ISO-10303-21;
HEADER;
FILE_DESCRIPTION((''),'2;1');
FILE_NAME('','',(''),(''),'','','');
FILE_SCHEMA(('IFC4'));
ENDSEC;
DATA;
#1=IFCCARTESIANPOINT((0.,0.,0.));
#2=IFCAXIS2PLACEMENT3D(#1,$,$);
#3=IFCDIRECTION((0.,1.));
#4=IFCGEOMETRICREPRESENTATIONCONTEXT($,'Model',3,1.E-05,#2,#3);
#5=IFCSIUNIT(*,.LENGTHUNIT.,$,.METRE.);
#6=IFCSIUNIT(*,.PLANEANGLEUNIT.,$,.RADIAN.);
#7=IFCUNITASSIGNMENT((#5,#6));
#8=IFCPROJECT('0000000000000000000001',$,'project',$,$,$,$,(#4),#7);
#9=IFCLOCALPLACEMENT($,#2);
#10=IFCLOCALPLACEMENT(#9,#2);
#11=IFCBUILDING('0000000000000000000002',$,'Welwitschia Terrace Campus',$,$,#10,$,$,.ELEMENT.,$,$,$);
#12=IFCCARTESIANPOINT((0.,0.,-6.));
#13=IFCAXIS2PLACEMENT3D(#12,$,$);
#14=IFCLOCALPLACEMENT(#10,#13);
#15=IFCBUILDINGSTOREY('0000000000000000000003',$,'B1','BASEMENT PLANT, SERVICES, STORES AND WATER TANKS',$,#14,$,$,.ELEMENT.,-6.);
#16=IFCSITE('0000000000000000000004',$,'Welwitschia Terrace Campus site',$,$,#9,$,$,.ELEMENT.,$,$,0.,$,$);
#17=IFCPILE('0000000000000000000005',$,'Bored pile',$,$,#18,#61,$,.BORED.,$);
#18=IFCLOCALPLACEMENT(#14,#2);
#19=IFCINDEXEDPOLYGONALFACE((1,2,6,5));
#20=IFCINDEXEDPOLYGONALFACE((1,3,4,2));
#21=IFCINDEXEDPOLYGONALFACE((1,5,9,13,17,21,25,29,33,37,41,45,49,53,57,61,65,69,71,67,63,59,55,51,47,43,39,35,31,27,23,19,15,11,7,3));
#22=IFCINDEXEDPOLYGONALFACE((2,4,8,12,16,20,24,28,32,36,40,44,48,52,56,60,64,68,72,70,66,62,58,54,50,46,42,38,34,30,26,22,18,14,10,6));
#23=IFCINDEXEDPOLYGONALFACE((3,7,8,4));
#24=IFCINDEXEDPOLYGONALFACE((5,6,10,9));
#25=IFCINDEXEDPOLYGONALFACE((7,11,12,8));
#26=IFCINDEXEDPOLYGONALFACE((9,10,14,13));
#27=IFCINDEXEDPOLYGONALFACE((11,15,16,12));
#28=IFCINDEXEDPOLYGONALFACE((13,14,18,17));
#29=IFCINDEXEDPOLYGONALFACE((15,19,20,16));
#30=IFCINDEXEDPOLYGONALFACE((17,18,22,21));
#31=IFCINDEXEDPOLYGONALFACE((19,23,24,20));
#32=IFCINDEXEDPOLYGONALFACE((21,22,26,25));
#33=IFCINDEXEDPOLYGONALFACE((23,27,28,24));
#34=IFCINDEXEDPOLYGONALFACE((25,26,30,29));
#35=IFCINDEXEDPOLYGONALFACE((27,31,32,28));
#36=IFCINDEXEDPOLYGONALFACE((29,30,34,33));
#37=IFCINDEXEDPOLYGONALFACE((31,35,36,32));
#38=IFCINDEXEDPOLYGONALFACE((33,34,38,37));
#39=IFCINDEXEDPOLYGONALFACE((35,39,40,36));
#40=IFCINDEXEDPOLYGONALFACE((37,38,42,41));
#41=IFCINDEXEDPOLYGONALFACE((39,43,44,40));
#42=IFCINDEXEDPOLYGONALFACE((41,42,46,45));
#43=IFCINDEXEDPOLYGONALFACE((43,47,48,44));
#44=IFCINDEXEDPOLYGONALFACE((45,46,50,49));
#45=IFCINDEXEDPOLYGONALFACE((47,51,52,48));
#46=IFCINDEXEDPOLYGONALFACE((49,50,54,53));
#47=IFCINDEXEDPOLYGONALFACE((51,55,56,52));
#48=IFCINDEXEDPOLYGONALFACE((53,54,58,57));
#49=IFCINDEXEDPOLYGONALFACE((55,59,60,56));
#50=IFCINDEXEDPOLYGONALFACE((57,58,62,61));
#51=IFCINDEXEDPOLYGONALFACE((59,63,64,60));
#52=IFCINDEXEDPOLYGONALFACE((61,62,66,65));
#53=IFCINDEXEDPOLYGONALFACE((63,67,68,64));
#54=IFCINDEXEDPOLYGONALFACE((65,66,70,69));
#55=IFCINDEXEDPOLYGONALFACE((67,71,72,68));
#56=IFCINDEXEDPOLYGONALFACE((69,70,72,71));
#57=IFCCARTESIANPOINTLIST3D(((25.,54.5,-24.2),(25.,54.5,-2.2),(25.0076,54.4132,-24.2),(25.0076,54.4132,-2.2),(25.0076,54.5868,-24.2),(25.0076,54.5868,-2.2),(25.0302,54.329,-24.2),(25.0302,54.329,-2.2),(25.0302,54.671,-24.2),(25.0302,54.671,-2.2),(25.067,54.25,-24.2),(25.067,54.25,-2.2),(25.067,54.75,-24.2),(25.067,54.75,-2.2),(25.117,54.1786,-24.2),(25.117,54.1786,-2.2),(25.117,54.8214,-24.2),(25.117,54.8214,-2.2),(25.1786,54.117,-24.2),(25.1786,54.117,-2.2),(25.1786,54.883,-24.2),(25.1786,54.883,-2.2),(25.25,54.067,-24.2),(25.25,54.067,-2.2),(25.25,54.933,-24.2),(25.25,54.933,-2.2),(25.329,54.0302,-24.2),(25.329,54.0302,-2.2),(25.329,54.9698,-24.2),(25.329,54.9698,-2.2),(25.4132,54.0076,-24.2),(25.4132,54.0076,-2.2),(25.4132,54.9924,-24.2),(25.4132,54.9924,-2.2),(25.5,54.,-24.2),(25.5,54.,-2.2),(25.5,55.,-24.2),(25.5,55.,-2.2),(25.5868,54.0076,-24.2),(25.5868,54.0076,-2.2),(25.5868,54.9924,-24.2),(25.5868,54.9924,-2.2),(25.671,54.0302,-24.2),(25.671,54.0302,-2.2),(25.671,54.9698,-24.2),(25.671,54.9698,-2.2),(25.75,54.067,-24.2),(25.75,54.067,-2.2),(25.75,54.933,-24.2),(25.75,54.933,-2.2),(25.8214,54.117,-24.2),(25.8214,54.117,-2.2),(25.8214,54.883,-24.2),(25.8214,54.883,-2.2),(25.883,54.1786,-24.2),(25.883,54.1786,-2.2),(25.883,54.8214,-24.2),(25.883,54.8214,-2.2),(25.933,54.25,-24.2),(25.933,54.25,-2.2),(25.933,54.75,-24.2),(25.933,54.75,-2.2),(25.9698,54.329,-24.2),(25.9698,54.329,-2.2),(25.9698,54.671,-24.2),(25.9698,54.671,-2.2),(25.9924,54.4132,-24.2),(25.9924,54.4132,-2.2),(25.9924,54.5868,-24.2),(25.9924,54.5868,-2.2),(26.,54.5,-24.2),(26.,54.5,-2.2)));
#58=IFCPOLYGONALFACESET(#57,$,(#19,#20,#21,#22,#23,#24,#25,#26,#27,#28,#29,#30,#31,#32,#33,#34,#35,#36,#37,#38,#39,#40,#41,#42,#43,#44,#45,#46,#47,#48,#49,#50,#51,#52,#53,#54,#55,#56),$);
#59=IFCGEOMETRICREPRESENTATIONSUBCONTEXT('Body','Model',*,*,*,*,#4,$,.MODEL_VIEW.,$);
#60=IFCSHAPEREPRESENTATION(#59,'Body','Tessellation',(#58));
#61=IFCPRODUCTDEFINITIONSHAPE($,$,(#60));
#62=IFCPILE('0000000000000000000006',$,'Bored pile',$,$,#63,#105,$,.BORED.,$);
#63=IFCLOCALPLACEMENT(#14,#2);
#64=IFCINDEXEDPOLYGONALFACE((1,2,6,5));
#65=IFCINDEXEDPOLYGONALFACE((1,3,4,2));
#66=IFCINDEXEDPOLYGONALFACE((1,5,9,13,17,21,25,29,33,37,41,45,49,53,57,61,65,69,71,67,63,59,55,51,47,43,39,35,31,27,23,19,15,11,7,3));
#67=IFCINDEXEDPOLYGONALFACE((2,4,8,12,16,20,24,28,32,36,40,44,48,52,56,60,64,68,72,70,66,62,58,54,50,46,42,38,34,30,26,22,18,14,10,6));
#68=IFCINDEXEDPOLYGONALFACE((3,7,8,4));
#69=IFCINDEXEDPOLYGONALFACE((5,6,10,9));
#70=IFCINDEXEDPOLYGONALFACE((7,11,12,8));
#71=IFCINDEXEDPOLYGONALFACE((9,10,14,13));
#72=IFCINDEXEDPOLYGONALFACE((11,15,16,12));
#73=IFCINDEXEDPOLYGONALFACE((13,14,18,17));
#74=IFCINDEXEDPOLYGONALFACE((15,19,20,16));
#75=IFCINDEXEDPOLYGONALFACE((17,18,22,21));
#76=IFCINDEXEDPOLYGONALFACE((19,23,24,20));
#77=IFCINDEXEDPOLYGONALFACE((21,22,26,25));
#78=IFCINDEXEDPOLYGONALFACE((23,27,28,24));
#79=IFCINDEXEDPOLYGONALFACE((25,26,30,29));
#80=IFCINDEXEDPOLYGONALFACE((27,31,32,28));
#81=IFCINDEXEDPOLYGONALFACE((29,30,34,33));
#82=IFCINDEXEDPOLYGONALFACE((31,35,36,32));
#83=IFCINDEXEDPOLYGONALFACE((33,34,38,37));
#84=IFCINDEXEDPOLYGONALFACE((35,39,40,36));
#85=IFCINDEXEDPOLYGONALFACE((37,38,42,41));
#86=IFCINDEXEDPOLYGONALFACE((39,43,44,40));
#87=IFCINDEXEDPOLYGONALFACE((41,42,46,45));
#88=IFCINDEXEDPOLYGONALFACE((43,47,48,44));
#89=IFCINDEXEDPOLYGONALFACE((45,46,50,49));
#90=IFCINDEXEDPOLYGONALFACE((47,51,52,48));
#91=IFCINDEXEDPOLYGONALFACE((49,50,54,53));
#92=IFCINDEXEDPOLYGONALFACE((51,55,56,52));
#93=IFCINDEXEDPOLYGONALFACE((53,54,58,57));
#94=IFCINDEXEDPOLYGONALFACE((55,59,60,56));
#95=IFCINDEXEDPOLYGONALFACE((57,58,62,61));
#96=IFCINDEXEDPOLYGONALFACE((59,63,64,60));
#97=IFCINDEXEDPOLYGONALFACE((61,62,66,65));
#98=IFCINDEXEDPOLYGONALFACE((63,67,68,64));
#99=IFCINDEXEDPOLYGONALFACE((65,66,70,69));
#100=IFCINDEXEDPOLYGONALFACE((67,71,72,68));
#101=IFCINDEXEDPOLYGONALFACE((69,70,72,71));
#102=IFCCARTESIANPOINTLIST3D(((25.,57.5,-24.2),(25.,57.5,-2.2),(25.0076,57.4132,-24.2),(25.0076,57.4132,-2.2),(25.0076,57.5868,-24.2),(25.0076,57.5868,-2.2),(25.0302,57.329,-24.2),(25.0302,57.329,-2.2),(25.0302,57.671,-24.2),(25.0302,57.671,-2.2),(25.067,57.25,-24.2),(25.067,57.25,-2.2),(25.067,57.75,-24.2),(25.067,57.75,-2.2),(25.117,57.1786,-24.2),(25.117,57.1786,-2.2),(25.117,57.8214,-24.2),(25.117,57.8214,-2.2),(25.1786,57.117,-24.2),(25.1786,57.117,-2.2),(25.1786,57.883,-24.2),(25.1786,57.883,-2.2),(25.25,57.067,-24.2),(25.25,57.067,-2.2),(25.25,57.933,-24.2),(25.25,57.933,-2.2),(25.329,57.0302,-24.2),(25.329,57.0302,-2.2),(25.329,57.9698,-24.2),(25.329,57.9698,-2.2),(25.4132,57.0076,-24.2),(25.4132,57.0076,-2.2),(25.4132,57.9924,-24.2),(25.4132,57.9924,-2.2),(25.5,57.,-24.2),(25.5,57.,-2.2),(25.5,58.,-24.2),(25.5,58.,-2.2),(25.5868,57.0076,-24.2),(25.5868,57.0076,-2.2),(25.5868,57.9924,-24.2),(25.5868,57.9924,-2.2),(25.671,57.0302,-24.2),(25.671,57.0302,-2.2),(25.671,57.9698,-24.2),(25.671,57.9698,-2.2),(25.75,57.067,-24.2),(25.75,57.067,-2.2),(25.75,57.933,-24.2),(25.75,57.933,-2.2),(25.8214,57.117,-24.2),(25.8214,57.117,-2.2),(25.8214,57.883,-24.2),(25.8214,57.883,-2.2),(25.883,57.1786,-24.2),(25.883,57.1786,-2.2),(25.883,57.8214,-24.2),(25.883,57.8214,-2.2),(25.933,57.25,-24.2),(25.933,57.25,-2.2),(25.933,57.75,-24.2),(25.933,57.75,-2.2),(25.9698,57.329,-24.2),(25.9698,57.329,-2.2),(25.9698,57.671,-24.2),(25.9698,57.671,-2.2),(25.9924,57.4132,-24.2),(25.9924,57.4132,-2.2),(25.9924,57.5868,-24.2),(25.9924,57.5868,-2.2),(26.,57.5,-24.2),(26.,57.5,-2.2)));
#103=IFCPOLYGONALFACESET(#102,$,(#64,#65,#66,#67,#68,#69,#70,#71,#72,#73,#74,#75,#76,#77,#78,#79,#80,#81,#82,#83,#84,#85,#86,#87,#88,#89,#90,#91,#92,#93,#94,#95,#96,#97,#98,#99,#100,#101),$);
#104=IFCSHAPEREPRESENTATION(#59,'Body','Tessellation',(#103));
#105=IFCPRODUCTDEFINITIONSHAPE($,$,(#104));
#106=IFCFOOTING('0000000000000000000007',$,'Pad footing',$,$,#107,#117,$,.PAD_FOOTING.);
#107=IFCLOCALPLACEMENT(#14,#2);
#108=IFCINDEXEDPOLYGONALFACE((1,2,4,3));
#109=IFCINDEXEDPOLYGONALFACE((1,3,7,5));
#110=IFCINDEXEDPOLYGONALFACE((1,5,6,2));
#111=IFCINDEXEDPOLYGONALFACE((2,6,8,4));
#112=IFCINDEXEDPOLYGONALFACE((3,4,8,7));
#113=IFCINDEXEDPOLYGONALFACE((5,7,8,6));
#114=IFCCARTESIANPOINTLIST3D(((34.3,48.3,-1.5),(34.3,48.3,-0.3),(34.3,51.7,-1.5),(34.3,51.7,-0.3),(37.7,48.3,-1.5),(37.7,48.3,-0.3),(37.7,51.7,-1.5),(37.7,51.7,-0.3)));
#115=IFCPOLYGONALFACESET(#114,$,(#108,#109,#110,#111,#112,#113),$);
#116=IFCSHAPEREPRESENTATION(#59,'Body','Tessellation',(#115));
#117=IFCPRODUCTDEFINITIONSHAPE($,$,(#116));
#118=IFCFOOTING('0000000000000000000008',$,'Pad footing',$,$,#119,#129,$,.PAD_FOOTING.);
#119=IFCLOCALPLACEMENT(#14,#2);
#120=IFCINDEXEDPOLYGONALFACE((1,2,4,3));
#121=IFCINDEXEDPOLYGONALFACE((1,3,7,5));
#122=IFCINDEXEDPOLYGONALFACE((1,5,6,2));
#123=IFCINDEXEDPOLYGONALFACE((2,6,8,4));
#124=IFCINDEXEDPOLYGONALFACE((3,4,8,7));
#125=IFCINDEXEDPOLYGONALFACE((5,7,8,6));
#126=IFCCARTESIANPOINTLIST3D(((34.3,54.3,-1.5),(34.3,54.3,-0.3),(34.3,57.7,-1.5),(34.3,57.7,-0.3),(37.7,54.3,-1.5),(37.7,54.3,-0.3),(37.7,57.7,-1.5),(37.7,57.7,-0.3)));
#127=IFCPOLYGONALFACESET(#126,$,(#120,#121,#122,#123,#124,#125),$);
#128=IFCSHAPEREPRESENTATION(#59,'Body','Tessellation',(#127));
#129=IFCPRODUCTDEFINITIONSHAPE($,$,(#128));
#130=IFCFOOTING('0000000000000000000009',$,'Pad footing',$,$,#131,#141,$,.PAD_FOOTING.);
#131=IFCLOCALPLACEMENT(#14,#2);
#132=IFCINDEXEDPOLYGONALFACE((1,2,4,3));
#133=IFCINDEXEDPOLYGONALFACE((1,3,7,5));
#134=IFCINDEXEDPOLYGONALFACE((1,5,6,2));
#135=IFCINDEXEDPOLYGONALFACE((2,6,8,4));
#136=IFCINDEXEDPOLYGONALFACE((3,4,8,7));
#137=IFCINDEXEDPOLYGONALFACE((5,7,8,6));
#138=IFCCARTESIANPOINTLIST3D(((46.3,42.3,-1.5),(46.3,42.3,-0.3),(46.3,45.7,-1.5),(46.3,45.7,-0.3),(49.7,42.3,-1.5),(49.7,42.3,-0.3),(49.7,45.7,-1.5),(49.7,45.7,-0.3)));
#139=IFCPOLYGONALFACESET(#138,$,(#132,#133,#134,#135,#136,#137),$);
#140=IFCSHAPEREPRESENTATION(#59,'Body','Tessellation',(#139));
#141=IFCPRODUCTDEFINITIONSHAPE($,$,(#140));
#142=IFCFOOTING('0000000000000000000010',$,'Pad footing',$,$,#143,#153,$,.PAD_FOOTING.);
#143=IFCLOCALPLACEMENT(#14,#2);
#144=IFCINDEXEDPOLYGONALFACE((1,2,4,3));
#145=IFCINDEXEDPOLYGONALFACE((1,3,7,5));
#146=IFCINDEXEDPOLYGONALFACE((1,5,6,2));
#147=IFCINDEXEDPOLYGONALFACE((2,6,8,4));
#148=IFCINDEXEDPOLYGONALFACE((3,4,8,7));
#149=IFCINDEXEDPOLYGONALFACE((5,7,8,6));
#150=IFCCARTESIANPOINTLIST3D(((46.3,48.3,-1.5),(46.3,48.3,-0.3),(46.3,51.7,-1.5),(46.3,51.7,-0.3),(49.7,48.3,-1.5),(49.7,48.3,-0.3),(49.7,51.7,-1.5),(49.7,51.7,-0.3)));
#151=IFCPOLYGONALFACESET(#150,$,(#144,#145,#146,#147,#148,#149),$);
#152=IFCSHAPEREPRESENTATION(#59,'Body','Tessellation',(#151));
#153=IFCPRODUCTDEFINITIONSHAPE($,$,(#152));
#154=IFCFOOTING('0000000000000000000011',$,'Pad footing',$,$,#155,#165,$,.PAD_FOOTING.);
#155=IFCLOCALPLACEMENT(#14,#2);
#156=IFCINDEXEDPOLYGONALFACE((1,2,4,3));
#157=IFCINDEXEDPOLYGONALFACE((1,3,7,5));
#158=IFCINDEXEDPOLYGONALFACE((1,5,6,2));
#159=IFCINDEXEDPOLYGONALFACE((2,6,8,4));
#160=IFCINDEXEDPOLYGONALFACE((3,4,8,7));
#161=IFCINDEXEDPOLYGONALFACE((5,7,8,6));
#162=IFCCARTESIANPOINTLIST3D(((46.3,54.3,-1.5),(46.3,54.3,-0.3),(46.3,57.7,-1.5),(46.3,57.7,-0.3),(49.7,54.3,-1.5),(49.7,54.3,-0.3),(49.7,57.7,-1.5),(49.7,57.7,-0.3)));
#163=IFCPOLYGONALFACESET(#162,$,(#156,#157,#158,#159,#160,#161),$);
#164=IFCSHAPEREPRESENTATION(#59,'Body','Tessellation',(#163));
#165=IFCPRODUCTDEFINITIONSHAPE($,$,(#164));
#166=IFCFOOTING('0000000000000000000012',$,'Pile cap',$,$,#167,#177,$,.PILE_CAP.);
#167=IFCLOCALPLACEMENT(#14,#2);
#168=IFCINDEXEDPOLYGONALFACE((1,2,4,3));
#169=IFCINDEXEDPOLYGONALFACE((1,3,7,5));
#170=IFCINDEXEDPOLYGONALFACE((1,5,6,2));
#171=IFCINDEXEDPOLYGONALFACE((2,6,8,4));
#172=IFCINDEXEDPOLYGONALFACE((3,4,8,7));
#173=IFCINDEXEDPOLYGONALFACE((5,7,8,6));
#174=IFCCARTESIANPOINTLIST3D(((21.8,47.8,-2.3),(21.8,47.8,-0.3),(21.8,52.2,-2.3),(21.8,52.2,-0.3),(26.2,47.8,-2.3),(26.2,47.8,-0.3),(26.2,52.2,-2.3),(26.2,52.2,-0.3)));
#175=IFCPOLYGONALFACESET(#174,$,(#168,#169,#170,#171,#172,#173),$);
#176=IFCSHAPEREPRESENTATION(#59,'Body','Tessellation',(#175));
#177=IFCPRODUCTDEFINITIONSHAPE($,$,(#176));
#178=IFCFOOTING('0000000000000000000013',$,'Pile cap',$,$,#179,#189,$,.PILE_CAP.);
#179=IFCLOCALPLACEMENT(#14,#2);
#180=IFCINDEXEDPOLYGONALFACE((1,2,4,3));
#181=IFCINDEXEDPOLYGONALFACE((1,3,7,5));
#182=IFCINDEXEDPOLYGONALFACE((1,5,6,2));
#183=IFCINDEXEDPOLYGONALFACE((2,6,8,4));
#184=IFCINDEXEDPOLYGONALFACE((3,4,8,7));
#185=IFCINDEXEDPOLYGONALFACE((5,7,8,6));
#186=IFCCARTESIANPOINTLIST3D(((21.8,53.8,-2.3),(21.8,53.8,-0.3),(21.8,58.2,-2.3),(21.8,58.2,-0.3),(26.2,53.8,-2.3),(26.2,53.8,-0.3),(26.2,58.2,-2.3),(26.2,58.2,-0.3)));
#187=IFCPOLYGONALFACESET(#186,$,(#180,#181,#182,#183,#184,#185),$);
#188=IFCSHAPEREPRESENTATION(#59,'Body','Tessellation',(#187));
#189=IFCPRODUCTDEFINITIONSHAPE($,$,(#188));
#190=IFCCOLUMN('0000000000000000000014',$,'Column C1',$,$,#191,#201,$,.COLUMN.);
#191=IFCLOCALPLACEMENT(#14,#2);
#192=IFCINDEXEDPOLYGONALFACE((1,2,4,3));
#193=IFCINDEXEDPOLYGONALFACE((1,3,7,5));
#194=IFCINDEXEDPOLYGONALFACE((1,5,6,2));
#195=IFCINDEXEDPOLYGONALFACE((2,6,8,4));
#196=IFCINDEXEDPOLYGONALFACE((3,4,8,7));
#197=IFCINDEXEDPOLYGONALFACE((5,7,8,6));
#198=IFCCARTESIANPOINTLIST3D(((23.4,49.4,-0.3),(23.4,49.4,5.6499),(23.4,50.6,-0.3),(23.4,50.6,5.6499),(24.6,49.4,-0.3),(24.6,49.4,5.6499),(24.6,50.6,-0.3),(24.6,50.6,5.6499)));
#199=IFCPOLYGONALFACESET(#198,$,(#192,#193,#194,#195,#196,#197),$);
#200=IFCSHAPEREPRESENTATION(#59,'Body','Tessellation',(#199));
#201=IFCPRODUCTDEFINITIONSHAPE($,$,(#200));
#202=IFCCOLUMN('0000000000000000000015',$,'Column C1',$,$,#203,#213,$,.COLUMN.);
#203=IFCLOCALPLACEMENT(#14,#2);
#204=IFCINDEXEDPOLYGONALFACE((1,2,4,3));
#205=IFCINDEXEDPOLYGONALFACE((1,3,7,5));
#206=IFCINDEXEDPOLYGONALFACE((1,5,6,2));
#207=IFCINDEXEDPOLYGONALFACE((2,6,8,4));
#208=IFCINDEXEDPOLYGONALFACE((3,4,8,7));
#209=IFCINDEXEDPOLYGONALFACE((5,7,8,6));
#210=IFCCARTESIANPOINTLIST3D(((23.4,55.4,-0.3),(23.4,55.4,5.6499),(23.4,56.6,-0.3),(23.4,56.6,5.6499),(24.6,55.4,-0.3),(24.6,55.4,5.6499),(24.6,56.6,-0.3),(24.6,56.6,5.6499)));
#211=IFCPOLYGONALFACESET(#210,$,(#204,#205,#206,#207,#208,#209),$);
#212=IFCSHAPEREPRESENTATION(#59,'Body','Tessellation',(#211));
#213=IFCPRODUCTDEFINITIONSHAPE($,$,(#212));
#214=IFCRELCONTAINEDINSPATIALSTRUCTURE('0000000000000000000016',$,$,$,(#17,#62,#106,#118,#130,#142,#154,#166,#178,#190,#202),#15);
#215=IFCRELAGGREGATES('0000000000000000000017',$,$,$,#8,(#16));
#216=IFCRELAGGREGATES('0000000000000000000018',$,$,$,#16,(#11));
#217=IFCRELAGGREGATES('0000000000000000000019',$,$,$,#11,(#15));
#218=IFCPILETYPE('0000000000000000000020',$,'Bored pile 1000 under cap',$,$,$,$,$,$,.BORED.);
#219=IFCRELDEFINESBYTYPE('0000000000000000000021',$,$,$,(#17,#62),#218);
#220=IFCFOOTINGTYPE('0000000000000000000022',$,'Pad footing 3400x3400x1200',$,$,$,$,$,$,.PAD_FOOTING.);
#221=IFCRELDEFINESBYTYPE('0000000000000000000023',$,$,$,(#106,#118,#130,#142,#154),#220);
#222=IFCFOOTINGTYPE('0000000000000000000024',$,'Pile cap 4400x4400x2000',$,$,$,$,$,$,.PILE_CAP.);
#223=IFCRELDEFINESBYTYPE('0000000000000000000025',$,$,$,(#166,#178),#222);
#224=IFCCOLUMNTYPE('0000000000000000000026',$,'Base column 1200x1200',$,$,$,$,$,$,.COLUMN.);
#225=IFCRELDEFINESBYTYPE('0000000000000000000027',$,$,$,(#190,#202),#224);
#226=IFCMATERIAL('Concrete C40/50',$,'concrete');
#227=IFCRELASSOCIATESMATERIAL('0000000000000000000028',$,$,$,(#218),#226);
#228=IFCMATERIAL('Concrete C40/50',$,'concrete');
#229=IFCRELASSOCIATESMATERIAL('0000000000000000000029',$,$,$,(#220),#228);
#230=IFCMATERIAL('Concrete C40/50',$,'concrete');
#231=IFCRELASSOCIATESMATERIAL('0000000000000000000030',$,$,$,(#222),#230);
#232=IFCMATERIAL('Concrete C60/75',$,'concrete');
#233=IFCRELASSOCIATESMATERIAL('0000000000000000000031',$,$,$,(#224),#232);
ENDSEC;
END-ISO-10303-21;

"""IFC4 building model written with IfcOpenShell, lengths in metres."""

from ifc_helpers import new_model, si_unit, direction, frame, origin, origin_2d, place, context, subcontext, project, spatial, rectangle, circle, extrude, material, material_profile, profile_set, type_object, element, save


model = new_model("IFC4")

# Units and contexts
model_context = context("Model", 3, precision=1e-05, world=origin(), true_north=direction((0.0, 1.0)))
body_context = subcontext(model_context, "Body", "Model", "MODEL_VIEW")
ifc_project = project(units=[si_unit("LENGTHUNIT", "METRE"), si_unit("PLANEANGLEUNIT", "RADIAN")], contexts=[model_context])

# Site, building, storey
site_placement = place(None, origin())
site = spatial("IfcSite", under=ifc_project, at=site_placement, Name="Welwitschia Terrace Campus site", CompositionType="ELEMENT", RefElevation=0.0)
building_placement = place(site_placement, origin())
building = spatial("IfcBuilding", under=site, at=building_placement, Name="Welwitschia Terrace Campus", CompositionType="ELEMENT")
storey_placement = place(building_placement, frame((0.0, 0.0, -6.0)))
storey = spatial("IfcBuildingStorey", under=building, at=storey_placement, Name="B1", Description="BASEMENT PLANT, SERVICES, STORES AND WATER TANKS", CompositionType="ELEMENT", Elevation=-6.0)

# Piles
ifc_material_1 = material(Name="Concrete C40/50", Category="concrete")
pile_type = type_object("IfcPileType", Name="Bored pile 1000 under cap", PredefinedType="BORED", material=ifc_material_1)
for number, where, z_axis, x_axis, name in (
    (1, (25.5, 54.5, -2.2), (0.0, 0.0, -1.0), (1.0, 0.0, 0.0), "Bored pile"),
    (2, (25.5, 57.5, -2.2), (0.0, 0.0, -1.0), (1.0, 0.0, 0.0), "Bored pile"),
):
    element("IfcPile", number, at=place(storey_placement, frame(where, z_axis=z_axis, x_axis=x_axis)), inside=storey, type_object=pile_type, Name=name, PredefinedType="BORED", context=body_context, shape_type="SweptSolid", body=[
        extrude(circle(Radius=0.5, at=origin_2d()), origin(), (0.0, 0.0, 1.0), 22.0),
    ])

# Footings
ifc_material_2 = material(Name="Concrete C40/50", Category="concrete")
footing_type_1 = type_object("IfcFootingType", Name="Pad footing 3400x3400x1200", PredefinedType="PAD_FOOTING", material=ifc_material_2)
for number, where, z_axis, x_axis, name in (
    (3, (36.0, 50.0, -1.5), (0.0, 0.0, 1.0), (1.0, 0.0, 0.0), "Pad footing"),
    (4, (36.0, 56.0, -1.5), (0.0, 0.0, 1.0), (1.0, 0.0, 0.0), "Pad footing"),
    (5, (48.0, 44.0, -1.5), (0.0, 0.0, 1.0), (1.0, 0.0, 0.0), "Pad footing"),
    (6, (48.0, 50.0, -1.5), (0.0, 0.0, 1.0), (1.0, 0.0, 0.0), "Pad footing"),
    (7, (48.0, 56.0, -1.5), (0.0, 0.0, 1.0), (1.0, 0.0, 0.0), "Pad footing"),
):
    element("IfcFooting", number, at=place(storey_placement, frame(where, z_axis=z_axis, x_axis=x_axis)), inside=storey, type_object=footing_type_1, Name=name, PredefinedType="PAD_FOOTING", context=body_context, shape_type="SweptSolid", body=[
        extrude(rectangle(XDim=3.3999, YDim=3.3999, at=origin_2d()), origin(), (0.0, 0.0, 1.0), 1.2),
    ])
ifc_material_3 = material(Name="Concrete C40/50", Category="concrete")
footing_type_2 = type_object("IfcFootingType", Name="Pile cap 4400x4400x2000", PredefinedType="PILE_CAP", material=ifc_material_3)
for number, where, z_axis, x_axis, name in (
    (8, (24.0, 50.0, -2.3), (0.0, 0.0, 1.0), (1.0, 0.0, 0.0), "Pile cap"),
    (9, (24.0, 56.0, -2.3), (0.0, 0.0, 1.0), (1.0, 0.0, 0.0), "Pile cap"),
):
    element("IfcFooting", number, at=place(storey_placement, frame(where, z_axis=z_axis, x_axis=x_axis)), inside=storey, type_object=footing_type_2, Name=name, PredefinedType="PILE_CAP", context=body_context, shape_type="SweptSolid", body=[
        extrude(rectangle(XDim=4.3999, YDim=4.3999, at=origin_2d()), origin(), (0.0, 0.0, 1.0), 2.0),
    ])

# Columns
ifc_material_4 = material(Name="Concrete C60/75", Category="concrete")
ifc_material_profile = material_profile(ifc_material_4, rectangle(XDim=1.2, YDim=1.2, at=origin_2d()))
ifc_profile_set = profile_set([ifc_material_profile], Name="Concrete C60/75")
column_type = type_object("IfcColumnType", Name="Base column 1200x1200", PredefinedType="COLUMN", material=ifc_profile_set)
for number, where, z_axis, x_axis, name in (
    (10, (24.0, 50.0, -0.3), (0.0, 0.0, 1.0), (1.0, 0.0, 0.0), "Column C1"),
    (11, (24.0, 56.0, -0.3), (0.0, 0.0, 1.0), (1.0, 0.0, 0.0), "Column C1"),
):
    element("IfcColumn", number, at=place(storey_placement, frame(where, z_axis=z_axis, x_axis=x_axis)), inside=storey, type_object=column_type, Name=name, PredefinedType="COLUMN", context=body_context, shape_type="SweptSolid", body=[
        extrude(rectangle(XDim=1.2, YDim=1.2, at=origin_2d()), origin(), (0.0, 0.0, 1.0), 5.95),
    ])

save(model, "model.ifc")
